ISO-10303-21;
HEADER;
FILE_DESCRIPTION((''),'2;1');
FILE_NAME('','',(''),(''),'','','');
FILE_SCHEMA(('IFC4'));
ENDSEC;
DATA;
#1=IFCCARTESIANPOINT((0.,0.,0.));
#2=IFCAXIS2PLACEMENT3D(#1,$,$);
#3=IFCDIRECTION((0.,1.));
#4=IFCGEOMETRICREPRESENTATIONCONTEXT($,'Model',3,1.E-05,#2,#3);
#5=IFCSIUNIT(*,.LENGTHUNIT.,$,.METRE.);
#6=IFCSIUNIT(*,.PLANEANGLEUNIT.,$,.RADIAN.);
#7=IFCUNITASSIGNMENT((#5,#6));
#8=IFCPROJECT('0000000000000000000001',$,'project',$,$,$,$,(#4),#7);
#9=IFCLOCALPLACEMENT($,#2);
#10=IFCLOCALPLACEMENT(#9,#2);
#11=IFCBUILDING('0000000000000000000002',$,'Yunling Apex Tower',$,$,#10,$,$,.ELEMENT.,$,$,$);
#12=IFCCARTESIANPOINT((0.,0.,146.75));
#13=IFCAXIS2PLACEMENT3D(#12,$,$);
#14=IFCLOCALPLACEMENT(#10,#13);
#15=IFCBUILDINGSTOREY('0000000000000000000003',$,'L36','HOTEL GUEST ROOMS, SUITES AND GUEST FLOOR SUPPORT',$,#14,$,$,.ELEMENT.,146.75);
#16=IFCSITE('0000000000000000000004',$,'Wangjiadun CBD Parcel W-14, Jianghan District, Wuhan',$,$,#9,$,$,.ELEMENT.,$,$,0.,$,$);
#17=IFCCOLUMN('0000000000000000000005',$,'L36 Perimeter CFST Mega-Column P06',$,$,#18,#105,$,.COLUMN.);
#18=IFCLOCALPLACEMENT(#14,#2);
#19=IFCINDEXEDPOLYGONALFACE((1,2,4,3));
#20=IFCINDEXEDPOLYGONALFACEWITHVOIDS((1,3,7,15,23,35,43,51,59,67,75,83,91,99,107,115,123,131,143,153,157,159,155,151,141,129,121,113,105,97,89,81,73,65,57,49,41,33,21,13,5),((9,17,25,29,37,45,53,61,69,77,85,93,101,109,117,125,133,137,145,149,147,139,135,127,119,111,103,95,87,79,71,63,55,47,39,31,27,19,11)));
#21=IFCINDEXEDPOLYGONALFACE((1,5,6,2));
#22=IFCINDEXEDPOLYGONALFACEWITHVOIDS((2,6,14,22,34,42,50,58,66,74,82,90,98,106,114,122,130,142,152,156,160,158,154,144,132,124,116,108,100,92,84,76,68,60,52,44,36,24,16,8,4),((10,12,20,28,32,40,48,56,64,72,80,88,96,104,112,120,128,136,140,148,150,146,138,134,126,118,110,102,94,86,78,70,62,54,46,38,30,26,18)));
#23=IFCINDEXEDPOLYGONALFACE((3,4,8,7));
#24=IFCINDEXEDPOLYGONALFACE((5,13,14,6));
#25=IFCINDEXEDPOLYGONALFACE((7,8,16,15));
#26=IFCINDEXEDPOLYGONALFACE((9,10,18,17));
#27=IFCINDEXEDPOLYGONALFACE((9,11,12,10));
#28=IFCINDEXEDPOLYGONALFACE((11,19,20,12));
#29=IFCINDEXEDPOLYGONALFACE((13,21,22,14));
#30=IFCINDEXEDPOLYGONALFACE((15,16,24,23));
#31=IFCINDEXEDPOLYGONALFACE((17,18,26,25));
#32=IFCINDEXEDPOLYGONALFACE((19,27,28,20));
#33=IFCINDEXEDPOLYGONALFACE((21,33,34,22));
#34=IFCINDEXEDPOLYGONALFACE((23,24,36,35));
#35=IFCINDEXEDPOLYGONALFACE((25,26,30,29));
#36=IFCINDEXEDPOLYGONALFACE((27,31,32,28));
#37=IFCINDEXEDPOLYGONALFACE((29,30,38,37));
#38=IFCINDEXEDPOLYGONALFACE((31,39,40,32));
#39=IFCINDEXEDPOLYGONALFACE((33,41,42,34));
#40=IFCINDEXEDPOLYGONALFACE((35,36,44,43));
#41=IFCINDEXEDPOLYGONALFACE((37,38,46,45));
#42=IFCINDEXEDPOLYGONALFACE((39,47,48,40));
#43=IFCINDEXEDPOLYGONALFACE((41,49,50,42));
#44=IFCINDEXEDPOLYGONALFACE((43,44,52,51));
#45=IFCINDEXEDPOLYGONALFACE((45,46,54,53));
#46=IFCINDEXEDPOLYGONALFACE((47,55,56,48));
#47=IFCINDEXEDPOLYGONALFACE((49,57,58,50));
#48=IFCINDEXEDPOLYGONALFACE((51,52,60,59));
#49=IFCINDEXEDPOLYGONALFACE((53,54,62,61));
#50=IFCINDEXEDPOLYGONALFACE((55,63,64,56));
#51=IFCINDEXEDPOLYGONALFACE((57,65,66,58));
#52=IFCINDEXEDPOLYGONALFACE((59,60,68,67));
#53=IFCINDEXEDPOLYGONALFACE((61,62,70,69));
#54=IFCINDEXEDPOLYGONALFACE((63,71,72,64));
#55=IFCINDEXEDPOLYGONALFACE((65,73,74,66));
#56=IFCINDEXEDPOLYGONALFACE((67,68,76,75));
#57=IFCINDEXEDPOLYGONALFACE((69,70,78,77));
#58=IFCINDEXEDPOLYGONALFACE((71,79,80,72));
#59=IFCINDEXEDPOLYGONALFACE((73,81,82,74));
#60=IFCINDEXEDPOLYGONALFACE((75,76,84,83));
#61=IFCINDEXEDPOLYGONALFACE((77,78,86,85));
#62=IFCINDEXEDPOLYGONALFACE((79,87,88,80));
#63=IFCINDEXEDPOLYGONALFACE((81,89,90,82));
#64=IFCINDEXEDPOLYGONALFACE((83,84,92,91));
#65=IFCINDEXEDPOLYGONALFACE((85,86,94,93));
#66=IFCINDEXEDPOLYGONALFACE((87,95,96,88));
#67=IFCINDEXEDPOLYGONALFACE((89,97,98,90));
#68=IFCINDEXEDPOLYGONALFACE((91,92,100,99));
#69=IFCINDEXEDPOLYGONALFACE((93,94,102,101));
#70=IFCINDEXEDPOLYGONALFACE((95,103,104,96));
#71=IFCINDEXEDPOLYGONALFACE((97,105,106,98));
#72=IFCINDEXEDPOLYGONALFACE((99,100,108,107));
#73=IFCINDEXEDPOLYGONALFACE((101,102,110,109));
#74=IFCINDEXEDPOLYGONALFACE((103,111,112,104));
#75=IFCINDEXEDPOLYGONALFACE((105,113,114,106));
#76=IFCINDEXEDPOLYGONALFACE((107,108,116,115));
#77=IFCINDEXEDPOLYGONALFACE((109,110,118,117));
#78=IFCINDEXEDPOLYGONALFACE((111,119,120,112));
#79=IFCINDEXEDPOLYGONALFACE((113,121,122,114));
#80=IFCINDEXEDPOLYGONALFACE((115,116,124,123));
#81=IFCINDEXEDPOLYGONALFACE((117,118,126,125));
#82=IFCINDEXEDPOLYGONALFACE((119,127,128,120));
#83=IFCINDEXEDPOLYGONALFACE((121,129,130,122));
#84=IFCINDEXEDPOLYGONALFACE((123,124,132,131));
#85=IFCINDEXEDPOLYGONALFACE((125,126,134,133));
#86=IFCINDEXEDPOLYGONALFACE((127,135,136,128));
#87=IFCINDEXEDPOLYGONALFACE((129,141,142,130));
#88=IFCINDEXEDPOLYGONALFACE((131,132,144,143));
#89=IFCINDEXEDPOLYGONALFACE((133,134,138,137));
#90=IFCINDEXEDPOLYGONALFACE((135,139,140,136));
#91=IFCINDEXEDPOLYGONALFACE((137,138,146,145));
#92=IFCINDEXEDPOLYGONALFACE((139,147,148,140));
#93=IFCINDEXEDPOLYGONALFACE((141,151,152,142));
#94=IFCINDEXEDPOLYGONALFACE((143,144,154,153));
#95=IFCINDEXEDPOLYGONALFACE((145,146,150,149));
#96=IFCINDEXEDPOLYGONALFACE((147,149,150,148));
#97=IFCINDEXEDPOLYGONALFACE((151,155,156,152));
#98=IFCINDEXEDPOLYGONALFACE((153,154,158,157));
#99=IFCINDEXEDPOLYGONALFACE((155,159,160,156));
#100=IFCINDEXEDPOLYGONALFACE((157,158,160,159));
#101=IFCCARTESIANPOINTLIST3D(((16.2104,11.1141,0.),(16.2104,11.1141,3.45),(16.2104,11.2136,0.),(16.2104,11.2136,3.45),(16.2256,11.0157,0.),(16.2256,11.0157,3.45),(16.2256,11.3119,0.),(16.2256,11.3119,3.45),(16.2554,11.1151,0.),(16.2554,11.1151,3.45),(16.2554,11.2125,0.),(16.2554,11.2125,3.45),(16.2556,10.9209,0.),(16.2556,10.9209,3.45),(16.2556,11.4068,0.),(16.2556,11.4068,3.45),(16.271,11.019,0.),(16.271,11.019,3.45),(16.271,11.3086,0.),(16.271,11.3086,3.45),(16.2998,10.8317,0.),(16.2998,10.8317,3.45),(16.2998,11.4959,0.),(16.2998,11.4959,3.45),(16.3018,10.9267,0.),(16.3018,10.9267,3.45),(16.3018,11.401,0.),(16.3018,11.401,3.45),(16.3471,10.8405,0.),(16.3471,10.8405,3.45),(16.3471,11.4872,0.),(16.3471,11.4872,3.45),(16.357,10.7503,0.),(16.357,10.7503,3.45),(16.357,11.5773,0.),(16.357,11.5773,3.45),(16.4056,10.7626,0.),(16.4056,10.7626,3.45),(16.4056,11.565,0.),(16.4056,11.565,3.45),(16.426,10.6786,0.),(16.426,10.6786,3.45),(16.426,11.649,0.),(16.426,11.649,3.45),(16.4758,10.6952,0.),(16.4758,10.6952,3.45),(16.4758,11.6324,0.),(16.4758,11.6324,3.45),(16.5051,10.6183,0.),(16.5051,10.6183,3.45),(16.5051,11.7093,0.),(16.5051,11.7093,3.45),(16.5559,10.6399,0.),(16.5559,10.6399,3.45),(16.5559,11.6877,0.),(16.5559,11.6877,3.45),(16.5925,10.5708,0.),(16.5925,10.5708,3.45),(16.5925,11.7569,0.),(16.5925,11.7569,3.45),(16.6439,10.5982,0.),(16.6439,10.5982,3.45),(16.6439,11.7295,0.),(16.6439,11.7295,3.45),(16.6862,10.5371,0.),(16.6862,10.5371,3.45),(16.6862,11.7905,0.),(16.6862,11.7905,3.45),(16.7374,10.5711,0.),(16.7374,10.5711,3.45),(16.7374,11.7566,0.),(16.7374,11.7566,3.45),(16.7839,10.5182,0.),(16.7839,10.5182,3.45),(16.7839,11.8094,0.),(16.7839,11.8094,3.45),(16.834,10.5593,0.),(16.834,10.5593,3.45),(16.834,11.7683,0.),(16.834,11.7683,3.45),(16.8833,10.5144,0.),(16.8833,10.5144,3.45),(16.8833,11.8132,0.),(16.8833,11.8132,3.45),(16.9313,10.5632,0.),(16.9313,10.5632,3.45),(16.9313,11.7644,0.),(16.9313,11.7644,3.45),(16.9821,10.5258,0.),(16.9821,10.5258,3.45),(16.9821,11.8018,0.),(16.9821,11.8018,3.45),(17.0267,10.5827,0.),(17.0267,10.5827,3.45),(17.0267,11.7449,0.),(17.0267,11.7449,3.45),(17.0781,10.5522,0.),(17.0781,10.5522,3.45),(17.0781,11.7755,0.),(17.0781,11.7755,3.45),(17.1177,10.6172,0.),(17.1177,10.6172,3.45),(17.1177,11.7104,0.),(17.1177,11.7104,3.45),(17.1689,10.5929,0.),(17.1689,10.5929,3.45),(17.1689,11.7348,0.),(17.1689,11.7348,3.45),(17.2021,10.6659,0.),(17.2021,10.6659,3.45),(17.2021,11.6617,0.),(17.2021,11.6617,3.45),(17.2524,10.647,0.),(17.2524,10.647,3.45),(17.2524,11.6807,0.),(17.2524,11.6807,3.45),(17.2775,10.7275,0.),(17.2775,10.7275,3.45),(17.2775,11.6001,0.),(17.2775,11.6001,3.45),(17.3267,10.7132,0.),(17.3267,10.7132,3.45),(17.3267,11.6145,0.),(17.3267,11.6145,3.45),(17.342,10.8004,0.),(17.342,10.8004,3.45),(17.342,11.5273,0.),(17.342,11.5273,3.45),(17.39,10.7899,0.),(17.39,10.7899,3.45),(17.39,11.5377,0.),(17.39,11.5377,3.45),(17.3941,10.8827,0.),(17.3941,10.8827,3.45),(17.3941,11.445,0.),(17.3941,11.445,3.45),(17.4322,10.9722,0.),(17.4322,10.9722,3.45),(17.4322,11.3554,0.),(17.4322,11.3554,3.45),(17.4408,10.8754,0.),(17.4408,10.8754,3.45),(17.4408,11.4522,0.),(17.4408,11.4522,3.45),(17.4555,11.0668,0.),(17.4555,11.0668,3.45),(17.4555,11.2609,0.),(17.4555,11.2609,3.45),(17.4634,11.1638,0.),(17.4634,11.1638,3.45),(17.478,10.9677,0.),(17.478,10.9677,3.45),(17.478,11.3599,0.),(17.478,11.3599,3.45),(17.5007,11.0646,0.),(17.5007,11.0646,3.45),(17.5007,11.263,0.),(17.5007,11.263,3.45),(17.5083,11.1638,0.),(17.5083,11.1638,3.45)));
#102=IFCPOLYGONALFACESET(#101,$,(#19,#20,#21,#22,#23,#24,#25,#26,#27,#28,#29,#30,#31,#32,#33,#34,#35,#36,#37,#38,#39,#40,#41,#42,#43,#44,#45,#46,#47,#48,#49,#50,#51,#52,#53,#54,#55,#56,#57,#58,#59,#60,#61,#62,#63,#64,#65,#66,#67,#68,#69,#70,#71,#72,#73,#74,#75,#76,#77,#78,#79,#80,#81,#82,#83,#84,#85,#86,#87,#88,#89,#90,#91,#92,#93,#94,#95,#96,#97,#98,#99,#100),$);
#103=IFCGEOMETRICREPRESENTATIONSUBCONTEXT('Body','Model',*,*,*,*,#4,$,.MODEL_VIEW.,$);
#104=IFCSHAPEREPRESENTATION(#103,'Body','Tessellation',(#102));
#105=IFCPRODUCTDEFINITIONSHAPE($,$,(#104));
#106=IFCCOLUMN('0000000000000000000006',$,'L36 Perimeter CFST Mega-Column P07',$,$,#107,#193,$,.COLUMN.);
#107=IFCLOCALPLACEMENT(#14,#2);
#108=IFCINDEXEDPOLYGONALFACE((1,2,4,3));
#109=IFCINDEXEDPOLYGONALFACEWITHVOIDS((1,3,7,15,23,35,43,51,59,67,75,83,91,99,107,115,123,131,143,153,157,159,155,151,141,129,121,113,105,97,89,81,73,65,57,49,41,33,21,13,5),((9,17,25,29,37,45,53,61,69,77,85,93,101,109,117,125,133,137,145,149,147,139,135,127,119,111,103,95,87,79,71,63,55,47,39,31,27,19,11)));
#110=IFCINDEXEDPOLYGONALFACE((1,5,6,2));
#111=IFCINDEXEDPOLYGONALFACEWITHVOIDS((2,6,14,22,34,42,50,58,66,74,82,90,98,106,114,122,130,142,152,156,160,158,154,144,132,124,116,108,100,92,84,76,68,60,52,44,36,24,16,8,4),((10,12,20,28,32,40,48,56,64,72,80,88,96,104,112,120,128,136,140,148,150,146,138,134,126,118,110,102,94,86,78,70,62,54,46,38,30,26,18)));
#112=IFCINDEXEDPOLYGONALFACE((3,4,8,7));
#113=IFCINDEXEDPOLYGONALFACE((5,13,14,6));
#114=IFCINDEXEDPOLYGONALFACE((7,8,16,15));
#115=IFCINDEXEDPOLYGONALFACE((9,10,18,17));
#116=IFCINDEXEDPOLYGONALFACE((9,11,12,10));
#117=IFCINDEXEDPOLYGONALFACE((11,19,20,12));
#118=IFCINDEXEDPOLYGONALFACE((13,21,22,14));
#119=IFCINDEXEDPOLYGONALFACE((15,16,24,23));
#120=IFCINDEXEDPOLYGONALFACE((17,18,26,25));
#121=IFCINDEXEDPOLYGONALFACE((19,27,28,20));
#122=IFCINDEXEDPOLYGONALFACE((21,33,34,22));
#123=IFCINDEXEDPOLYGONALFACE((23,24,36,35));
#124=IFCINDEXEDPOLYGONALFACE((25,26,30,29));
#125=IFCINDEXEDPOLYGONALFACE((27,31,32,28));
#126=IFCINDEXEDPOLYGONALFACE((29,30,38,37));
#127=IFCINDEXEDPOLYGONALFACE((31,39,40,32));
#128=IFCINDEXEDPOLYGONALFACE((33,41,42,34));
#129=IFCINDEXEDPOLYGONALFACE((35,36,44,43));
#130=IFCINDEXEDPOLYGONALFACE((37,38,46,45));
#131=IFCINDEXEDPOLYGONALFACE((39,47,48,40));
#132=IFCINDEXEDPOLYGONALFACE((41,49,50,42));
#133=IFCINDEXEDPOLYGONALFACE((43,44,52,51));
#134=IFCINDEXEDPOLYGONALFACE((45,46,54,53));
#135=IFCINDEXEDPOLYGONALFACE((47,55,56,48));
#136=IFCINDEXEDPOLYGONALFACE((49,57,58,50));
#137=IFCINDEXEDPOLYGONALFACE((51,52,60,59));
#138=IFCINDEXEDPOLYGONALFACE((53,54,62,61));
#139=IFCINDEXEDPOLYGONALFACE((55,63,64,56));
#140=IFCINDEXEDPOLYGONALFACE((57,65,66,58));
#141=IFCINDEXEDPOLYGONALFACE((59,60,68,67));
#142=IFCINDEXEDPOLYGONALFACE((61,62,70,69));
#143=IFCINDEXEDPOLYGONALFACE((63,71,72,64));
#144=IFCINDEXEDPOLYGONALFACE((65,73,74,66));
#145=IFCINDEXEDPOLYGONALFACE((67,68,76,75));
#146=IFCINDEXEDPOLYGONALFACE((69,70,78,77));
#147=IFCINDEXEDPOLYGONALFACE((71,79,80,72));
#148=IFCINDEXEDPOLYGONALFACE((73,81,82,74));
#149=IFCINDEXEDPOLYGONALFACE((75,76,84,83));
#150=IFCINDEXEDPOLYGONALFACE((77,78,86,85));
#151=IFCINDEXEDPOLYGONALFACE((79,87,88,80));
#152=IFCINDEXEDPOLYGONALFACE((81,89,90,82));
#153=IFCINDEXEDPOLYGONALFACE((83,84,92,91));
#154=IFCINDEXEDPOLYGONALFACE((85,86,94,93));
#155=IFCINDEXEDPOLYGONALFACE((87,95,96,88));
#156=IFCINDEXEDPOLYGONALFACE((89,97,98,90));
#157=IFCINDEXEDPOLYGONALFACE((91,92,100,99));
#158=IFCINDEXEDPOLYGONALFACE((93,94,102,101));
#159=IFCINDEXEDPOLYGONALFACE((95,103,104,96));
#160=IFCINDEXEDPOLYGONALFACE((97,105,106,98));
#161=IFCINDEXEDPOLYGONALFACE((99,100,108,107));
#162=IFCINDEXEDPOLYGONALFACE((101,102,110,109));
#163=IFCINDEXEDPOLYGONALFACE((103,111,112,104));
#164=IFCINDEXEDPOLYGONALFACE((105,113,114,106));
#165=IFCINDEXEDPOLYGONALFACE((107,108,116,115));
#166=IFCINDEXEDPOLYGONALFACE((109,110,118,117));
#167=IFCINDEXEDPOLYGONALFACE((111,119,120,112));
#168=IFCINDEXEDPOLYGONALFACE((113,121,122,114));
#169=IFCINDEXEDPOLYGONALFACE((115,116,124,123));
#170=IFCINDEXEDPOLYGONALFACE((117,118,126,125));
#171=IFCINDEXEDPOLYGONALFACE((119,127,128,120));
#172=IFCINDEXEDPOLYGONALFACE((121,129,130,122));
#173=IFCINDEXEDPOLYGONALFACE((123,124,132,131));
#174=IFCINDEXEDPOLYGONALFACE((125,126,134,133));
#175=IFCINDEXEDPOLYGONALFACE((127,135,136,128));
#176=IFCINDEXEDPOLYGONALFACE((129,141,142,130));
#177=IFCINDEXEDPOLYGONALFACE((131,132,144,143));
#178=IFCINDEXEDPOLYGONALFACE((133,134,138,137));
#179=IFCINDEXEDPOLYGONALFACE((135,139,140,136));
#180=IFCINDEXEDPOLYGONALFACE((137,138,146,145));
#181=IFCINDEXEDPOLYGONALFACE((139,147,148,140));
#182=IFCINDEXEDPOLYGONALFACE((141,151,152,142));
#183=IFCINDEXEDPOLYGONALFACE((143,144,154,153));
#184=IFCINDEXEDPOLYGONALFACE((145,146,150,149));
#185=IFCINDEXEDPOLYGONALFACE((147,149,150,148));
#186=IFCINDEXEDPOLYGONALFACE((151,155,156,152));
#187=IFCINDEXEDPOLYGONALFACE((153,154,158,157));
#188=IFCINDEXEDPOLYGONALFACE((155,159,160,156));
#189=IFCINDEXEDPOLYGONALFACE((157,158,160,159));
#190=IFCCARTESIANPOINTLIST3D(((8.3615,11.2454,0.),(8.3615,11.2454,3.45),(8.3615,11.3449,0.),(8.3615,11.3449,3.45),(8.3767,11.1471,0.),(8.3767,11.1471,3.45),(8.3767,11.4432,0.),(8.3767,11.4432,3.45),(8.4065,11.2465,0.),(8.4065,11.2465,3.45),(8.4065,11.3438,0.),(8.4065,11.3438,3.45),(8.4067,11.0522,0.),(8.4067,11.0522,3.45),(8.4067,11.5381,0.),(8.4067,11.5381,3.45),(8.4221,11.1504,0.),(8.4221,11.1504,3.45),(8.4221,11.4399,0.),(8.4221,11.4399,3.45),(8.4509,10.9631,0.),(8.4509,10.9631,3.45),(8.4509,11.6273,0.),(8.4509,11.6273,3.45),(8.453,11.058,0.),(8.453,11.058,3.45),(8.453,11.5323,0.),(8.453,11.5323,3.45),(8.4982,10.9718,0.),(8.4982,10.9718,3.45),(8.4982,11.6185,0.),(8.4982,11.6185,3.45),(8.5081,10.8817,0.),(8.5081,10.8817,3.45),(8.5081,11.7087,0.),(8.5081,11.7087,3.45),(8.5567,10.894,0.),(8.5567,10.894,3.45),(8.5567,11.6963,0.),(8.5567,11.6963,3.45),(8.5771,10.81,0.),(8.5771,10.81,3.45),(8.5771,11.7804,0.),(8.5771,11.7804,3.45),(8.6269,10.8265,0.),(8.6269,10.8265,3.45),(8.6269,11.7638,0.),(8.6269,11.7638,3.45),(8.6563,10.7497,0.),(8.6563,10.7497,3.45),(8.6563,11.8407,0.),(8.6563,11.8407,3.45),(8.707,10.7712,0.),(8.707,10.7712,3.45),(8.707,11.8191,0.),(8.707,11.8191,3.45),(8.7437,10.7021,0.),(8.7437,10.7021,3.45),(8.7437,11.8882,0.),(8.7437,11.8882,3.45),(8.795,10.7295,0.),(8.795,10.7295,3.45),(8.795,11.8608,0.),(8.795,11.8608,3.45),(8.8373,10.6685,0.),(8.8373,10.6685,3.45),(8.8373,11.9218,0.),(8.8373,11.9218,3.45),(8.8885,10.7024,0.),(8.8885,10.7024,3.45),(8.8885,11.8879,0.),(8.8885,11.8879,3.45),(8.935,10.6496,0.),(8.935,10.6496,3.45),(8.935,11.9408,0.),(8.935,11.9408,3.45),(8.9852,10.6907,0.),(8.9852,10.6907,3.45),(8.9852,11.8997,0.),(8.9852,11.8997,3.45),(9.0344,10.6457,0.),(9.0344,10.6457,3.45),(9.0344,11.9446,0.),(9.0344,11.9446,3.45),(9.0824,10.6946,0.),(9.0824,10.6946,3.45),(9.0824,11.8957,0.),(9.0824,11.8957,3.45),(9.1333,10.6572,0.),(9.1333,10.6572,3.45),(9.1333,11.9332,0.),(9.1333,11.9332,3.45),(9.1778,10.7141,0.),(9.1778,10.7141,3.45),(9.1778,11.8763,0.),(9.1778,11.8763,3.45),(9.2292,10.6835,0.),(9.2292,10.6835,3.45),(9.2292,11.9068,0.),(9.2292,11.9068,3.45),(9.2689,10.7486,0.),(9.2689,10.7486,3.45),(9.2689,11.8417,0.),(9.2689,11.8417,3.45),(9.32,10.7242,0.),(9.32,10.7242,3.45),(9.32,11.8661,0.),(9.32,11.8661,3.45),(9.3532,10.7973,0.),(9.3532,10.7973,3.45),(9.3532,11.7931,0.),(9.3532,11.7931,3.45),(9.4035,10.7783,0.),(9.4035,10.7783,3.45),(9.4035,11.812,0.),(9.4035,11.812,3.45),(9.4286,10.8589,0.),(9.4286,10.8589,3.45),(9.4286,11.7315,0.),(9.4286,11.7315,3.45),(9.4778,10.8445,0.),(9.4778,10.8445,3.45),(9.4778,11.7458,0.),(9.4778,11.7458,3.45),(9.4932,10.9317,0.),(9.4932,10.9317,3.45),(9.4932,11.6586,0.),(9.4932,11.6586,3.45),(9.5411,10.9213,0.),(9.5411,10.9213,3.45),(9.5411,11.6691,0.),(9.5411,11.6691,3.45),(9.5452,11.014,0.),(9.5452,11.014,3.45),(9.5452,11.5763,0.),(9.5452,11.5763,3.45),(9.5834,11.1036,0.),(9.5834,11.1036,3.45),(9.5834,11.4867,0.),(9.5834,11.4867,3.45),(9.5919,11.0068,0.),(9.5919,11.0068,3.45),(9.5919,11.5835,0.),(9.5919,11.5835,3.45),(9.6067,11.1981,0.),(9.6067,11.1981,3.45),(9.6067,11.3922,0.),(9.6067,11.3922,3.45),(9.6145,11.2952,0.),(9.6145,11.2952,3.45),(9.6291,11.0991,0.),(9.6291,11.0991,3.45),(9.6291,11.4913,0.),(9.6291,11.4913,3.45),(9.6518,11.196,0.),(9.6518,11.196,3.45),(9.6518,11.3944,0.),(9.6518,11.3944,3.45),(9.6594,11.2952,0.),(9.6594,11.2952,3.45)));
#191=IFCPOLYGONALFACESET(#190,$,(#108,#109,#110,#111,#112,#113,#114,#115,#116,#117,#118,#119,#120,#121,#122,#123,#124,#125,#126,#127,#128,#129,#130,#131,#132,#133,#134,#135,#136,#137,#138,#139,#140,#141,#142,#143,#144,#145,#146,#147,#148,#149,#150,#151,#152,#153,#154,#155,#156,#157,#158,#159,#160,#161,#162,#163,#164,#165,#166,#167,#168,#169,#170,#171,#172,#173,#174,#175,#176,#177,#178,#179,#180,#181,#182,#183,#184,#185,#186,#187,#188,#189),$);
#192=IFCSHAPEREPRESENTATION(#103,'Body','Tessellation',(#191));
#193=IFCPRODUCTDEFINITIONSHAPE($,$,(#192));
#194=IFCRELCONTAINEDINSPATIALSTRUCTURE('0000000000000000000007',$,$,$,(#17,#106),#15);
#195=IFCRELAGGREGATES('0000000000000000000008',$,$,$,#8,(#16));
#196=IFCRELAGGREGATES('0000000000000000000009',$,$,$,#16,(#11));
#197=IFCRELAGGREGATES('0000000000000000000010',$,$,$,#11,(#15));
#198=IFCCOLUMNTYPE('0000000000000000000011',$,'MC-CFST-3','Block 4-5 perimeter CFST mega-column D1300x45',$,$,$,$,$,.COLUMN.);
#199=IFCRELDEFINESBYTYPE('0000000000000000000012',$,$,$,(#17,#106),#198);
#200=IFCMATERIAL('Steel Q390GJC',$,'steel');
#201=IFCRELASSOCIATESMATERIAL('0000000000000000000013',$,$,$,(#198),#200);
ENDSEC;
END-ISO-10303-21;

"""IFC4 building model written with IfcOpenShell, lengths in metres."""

from ifc_helpers import new_model, si_unit, direction, frame, origin, origin_2d, place, context, subcontext, project, spatial, hollow_circle, extrude, source, transform, mapped, material, material_profile, profile_set, type_object, element, save


model = new_model("IFC4")

# Units and contexts
model_context = context("Model", 3, precision=1e-05, world=origin(), true_north=direction((0.0, 1.0)))
body_context = subcontext(model_context, "Body", "Model", "MODEL_VIEW")
ifc_project = project(units=[si_unit("LENGTHUNIT", "METRE"), si_unit("PLANEANGLEUNIT", "RADIAN")], contexts=[model_context])

# Site, building, storey
site_placement = place(None, origin())
site = spatial("IfcSite", under=ifc_project, at=site_placement, Name="Wangjiadun CBD Parcel W-14, Jianghan District, Wuhan", CompositionType="ELEMENT", RefElevation=0.0)
building_placement = place(site_placement, origin())
building = spatial("IfcBuilding", under=site, at=building_placement, Name="Yunling Apex Tower", CompositionType="ELEMENT")
storey_placement = place(building_placement, frame((0.0, 0.0, 146.75)))
storey = spatial("IfcBuildingStorey", under=building, at=storey_placement, Name="L36", Description="HOTEL GUEST ROOMS, SUITES AND GUEST FLOOR SUPPORT", CompositionType="ELEMENT", Elevation=146.75)

# Columns
ifc_material_1 = material(Name="Steel Q390GJC", Category="steel")
ifc_material_profile_1 = material_profile(ifc_material_1, hollow_circle(Radius=0.6499, WallThickness=0.0449, at=origin_2d()))
ifc_profile_set_1 = profile_set([ifc_material_profile_1], Name="Steel Q390GJC")
column_type = type_object("IfcColumnType", Name="MC-CFST-3", Description="Block 4-5 perimeter CFST mega-column D1300x45", PredefinedType="COLUMN", material=ifc_profile_set_1)
shared_shape_1 = source(origin(), body_context, "Body", "SweptSolid", [
    extrude(hollow_circle(Radius=0.6499, WallThickness=0.0449, at=origin_2d()), origin(), (0.0, 0.0, 1.0), 3.45),
])
for number, where, z_axis, x_axis, name in (
    (1, (16.8584, 11.1638, 0.0), (0.0, 0.0, 1.0), (1.0, 0.0, 0.0), "L36 Perimeter CFST Mega-Column P06"),
    (2, (9.0095, 11.2952, 0.0), (0.0, 0.0, 1.0), (1.0, 0.0, 0.0), "L36 Perimeter CFST Mega-Column P07"),
):
    element("IfcColumn", number, at=place(storey_placement, frame(where, z_axis=z_axis, x_axis=x_axis)), inside=storey, type_object=column_type, Name=name, PredefinedType="COLUMN", context=body_context, shape_type="MappedRepresentation", body=[
        mapped(shared_shape_1, transform((0.0, 0.0, 0.0), scale=1.0)),
    ])

save(model, "model.ifc")
